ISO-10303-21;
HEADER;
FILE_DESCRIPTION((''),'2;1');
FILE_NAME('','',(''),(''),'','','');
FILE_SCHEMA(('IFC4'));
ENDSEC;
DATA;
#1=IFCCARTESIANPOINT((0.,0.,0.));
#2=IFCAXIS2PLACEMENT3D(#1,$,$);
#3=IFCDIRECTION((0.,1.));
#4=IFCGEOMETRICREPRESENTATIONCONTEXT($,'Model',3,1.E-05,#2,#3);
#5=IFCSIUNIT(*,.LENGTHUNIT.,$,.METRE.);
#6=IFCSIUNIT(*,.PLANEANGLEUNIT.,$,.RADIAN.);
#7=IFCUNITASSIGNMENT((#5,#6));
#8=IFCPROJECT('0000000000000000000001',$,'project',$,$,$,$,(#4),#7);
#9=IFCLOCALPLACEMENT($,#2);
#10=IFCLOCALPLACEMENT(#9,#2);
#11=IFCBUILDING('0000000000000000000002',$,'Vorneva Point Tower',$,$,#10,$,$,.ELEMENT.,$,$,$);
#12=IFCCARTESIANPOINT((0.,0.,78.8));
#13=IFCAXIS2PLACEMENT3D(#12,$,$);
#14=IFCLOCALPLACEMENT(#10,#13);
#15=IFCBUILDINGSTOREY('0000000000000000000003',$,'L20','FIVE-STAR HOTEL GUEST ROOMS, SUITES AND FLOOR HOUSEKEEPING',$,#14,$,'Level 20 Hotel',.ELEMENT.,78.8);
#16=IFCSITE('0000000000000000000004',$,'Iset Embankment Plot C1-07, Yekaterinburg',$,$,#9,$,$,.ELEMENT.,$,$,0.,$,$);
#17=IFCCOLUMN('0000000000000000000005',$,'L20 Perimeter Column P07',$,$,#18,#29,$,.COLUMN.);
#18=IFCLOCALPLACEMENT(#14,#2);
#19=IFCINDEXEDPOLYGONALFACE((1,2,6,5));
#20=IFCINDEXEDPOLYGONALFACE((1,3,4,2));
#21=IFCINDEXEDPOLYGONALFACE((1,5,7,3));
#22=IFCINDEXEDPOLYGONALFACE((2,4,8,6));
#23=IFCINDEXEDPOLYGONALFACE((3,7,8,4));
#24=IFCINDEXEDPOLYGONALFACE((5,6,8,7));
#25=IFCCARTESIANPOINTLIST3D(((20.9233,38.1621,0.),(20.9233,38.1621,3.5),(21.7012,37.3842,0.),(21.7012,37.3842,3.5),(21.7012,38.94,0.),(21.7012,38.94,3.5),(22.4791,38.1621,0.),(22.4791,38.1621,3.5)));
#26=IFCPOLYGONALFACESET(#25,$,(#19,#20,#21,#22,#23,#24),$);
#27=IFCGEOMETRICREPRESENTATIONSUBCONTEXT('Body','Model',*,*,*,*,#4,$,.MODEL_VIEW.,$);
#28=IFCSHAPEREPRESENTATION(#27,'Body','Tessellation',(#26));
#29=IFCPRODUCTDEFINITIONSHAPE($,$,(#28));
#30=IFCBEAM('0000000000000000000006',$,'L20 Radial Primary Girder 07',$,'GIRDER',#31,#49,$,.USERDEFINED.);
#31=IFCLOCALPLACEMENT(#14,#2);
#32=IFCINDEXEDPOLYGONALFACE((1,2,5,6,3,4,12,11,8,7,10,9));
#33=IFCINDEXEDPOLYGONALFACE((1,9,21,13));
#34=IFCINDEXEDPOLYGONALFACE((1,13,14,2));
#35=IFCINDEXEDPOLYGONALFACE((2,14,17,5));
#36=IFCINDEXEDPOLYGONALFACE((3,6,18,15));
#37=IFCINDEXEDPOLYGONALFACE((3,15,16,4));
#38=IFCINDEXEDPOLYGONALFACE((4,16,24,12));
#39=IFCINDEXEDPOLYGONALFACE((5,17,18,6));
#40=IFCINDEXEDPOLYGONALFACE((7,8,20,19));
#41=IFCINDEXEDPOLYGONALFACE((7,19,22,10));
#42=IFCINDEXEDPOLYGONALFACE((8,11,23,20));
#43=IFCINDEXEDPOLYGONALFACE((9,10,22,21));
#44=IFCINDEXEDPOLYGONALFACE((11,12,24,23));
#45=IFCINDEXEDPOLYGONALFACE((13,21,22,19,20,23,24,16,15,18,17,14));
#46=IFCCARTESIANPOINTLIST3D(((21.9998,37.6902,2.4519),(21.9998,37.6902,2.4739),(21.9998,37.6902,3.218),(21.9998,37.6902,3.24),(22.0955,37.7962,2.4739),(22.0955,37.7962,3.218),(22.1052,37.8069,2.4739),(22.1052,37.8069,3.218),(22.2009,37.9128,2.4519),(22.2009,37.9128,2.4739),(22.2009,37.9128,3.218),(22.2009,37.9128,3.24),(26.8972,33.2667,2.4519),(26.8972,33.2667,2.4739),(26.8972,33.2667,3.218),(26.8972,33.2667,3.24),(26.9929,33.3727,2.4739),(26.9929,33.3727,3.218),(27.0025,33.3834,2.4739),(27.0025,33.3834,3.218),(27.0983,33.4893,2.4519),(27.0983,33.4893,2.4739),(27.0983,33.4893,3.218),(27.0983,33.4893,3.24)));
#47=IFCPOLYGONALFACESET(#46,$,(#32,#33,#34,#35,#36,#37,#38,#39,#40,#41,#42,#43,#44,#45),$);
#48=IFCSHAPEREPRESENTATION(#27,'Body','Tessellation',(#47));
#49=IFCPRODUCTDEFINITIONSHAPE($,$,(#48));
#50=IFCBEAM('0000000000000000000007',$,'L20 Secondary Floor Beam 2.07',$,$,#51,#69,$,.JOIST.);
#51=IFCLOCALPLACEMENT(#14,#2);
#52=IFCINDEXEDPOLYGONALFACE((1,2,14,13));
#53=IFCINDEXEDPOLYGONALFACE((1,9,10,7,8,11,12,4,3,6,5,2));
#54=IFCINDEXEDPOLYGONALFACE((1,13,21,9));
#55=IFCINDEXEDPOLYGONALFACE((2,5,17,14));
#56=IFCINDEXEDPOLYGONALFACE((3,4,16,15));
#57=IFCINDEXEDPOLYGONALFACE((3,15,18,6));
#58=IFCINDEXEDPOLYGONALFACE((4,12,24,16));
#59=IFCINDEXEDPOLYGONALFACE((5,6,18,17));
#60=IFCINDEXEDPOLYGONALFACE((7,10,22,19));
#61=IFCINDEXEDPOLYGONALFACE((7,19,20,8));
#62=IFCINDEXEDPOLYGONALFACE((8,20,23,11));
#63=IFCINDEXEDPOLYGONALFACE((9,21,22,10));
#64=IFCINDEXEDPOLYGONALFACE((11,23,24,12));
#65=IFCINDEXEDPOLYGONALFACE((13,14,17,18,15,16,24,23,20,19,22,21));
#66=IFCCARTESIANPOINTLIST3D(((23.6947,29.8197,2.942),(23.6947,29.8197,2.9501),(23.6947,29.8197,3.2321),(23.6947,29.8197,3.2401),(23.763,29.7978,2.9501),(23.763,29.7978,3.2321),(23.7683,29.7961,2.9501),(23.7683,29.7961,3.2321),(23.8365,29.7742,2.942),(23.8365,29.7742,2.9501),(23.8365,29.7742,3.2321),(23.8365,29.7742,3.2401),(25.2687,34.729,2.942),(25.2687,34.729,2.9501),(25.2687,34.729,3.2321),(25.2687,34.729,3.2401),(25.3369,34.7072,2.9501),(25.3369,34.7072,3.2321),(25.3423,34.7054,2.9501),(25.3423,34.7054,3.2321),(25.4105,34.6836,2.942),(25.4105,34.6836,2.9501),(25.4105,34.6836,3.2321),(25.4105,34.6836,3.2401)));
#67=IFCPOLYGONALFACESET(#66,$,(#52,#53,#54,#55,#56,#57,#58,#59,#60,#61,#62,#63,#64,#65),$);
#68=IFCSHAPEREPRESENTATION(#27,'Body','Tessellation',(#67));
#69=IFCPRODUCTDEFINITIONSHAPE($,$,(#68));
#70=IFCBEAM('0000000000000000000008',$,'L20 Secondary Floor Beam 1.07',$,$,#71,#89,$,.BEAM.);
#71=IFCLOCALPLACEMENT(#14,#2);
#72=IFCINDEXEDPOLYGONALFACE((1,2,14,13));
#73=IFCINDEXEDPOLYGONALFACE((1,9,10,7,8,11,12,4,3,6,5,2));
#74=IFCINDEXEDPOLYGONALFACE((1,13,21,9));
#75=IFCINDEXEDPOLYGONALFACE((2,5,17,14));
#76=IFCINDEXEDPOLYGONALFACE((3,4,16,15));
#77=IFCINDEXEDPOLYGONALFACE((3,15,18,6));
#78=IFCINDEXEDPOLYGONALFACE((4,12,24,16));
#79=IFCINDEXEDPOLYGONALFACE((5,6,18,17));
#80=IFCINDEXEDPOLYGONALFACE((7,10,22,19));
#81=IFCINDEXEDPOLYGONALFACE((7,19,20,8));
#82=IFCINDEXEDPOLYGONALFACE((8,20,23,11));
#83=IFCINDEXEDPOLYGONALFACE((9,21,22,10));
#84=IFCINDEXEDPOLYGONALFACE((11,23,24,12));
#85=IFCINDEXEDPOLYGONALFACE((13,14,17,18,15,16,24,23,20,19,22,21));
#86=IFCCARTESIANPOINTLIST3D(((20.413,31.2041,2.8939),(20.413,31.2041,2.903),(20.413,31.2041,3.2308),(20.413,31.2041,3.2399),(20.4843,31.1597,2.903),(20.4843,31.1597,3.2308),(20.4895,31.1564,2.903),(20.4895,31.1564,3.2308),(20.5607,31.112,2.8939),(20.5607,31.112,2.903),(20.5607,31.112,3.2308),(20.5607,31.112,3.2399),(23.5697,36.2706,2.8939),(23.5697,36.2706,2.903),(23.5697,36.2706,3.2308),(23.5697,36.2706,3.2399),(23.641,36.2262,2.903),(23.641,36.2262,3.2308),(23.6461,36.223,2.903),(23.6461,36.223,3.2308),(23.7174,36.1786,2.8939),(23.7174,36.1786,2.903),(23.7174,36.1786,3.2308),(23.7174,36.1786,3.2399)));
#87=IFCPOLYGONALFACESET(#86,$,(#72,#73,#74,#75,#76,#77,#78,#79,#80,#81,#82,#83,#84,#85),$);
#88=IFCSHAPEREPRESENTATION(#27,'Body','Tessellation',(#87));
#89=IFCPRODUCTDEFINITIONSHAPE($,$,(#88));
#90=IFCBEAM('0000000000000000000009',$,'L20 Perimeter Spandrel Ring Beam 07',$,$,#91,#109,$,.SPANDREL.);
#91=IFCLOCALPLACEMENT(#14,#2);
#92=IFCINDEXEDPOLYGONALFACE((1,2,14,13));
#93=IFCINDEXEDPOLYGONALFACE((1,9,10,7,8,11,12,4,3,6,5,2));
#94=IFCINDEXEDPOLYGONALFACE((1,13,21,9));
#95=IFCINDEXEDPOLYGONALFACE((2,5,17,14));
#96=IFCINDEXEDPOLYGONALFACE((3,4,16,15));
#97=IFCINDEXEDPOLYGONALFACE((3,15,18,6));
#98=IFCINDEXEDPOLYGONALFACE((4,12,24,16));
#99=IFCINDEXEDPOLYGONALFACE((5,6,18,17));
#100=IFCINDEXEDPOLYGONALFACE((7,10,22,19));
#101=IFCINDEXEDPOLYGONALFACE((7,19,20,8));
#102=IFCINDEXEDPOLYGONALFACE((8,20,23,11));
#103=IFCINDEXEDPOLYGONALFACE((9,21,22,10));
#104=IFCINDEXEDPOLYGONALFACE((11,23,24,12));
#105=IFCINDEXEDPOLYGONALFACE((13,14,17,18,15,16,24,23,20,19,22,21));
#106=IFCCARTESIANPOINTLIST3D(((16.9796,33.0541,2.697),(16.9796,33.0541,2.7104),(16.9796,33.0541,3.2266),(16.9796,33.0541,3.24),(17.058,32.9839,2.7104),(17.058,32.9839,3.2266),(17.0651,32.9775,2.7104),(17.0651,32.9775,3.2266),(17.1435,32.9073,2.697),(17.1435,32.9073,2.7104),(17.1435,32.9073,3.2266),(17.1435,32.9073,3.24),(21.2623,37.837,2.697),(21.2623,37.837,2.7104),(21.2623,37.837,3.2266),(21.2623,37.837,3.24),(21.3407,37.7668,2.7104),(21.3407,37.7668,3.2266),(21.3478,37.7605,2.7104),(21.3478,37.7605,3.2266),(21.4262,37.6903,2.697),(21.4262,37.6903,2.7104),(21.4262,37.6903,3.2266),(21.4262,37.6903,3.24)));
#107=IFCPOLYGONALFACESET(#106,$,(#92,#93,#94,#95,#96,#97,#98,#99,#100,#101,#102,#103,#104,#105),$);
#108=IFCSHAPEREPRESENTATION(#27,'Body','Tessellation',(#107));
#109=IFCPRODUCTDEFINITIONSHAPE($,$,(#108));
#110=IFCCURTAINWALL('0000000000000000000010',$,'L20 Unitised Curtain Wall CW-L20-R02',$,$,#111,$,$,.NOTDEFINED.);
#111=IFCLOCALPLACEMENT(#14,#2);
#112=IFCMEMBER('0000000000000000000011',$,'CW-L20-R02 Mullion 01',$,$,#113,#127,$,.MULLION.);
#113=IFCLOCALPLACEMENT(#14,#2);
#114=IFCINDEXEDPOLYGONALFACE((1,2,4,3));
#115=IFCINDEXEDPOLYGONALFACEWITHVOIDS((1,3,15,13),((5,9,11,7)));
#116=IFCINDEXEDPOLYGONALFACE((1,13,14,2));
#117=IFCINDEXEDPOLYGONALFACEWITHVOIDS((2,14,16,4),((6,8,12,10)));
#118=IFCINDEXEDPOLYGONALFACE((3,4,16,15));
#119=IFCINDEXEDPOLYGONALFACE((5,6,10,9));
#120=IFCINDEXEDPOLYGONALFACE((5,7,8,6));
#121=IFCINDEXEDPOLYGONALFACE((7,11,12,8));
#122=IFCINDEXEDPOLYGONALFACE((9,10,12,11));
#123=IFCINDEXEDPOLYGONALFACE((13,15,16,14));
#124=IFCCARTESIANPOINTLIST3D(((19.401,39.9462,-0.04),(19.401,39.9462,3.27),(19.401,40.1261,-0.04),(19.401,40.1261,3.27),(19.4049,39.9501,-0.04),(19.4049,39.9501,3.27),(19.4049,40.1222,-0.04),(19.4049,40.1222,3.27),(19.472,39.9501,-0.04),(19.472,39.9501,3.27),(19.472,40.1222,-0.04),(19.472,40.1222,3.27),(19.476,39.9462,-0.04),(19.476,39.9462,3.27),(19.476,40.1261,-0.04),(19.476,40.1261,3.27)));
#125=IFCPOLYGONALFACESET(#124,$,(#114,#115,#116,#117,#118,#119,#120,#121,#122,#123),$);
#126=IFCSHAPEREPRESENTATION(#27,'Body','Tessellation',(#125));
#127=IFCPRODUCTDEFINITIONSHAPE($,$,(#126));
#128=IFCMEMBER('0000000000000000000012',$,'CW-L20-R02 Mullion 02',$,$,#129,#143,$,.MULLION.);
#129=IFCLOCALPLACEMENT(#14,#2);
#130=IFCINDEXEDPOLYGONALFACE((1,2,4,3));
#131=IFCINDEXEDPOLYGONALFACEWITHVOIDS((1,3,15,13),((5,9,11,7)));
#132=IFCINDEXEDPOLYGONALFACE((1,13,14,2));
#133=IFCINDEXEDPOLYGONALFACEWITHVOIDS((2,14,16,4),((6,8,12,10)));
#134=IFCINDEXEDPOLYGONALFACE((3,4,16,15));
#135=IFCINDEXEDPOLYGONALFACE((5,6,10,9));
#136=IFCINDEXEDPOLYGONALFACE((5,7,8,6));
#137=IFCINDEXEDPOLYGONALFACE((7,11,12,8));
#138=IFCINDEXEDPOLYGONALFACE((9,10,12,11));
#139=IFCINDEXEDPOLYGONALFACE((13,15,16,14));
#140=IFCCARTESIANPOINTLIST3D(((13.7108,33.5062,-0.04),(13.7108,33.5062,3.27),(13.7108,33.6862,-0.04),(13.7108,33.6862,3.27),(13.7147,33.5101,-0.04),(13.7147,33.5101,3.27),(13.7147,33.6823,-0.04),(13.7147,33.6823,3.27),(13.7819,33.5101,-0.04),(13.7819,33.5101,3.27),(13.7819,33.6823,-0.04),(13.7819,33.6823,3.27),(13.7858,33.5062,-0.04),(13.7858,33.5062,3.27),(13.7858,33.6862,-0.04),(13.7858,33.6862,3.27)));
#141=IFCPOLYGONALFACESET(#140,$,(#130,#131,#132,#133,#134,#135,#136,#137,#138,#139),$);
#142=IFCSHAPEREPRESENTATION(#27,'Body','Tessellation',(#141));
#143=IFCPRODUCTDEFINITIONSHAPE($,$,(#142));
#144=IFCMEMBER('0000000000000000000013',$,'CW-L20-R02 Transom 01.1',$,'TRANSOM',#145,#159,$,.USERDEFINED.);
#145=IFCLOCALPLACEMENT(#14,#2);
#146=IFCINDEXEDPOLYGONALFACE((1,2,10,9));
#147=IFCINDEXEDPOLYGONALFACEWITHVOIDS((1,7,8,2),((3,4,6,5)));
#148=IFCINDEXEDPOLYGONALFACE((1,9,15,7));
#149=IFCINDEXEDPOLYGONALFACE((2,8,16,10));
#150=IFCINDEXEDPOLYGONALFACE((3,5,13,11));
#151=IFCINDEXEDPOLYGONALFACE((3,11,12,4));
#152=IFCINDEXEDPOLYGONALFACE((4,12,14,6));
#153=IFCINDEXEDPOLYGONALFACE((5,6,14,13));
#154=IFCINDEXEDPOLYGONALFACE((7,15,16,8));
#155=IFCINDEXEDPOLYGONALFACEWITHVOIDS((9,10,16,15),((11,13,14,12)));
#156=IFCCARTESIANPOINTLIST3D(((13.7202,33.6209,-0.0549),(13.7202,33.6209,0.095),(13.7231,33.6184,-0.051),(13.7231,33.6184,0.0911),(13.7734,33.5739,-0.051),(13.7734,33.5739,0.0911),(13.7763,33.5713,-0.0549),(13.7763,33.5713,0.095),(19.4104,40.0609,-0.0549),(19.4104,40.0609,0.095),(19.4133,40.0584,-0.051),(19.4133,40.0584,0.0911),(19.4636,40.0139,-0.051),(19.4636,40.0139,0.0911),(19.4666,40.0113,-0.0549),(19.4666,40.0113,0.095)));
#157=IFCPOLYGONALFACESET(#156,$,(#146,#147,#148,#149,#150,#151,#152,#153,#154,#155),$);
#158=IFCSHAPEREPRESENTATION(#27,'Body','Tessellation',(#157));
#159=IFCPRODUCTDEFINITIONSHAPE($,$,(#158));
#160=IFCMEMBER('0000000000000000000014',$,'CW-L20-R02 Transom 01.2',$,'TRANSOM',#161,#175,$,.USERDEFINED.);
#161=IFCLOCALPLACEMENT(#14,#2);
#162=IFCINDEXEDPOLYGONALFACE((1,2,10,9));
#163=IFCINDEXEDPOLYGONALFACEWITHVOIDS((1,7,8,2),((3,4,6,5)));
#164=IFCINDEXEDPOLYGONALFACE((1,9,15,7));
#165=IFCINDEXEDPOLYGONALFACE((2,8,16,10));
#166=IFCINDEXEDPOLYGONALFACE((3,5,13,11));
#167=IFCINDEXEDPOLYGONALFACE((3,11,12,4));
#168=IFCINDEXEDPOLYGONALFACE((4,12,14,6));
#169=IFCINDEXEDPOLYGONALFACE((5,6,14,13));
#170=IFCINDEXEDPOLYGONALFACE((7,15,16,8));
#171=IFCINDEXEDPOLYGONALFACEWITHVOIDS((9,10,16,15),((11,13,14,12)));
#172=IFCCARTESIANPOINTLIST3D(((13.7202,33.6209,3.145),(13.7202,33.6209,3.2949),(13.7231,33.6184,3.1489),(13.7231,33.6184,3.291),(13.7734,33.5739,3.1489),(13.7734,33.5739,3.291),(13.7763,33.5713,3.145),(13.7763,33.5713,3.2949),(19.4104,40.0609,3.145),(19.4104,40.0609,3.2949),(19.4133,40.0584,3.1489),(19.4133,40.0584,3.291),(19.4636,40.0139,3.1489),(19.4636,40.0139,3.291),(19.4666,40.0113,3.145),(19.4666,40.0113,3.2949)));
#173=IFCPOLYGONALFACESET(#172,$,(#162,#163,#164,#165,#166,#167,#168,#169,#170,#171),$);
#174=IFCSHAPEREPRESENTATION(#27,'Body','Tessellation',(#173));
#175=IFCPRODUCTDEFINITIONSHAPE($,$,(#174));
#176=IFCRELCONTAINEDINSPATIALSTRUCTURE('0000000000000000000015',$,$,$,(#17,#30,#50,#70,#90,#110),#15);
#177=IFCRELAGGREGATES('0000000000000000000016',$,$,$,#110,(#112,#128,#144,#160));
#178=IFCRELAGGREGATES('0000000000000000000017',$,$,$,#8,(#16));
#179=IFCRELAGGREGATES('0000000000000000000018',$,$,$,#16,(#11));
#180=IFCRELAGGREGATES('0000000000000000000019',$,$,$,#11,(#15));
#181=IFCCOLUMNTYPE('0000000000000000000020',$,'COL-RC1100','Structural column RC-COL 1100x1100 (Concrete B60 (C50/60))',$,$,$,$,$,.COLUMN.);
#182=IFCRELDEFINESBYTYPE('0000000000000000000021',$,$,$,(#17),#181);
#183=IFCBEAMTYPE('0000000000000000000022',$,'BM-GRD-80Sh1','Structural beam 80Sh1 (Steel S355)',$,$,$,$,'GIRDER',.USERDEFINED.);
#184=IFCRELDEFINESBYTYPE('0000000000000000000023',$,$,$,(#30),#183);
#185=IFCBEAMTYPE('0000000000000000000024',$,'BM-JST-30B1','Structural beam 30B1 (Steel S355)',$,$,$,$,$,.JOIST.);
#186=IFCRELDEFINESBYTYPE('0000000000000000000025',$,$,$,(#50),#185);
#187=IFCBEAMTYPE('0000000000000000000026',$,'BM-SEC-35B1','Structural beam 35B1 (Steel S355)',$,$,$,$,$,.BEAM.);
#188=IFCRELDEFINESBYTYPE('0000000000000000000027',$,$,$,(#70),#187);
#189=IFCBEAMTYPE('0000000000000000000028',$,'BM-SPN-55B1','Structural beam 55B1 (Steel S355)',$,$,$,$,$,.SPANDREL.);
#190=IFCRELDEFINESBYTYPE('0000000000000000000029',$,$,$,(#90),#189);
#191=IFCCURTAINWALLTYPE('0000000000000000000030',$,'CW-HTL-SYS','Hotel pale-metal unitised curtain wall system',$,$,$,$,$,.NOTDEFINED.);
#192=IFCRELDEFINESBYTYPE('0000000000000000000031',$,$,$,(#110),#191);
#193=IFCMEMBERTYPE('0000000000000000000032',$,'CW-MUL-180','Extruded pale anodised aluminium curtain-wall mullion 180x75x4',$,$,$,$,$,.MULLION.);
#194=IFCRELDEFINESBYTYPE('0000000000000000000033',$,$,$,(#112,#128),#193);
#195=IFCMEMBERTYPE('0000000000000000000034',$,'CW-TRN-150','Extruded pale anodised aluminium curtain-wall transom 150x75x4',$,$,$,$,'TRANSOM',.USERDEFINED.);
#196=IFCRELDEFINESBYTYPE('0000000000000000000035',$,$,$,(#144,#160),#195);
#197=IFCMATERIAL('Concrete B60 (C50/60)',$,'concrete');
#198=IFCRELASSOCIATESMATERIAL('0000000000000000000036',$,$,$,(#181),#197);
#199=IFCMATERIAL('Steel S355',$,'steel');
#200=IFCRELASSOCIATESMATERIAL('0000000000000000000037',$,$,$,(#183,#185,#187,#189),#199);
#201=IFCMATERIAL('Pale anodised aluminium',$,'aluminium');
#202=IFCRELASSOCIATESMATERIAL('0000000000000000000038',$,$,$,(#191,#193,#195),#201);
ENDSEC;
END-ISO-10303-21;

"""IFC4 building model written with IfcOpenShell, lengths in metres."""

from ifc_helpers import new_model, si_unit, direction, frame, origin, origin_2d, place, context, subcontext, project, spatial, rectangle, hollow_rectangle, i_section, extrude, material, material_profile, profile_set, type_object, element, aggregate, save


model = new_model("IFC4")

# Units and contexts
model_context = context("Model", 3, precision=1e-05, world=origin(), true_north=direction((0.0, 1.0)))
body_context = subcontext(model_context, "Body", "Model", "MODEL_VIEW")
ifc_project = project(units=[si_unit("LENGTHUNIT", "METRE"), si_unit("PLANEANGLEUNIT", "RADIAN")], contexts=[model_context])

# Site, building, storey
site_placement = place(None, origin())
site = spatial("IfcSite", under=ifc_project, at=site_placement, Name="Iset Embankment Plot C1-07, Yekaterinburg", CompositionType="ELEMENT", RefElevation=0.0)
building_placement = place(site_placement, origin())
building = spatial("IfcBuilding", under=site, at=building_placement, Name="Vorneva Point Tower", CompositionType="ELEMENT")
storey_placement = place(building_placement, frame((0.0, 0.0, 78.8)))
storey = spatial("IfcBuildingStorey", under=building, at=storey_placement, Name="L20", Description="FIVE-STAR HOTEL GUEST ROOMS, SUITES AND FLOOR HOUSEKEEPING", LongName="Level 20 Hotel", CompositionType="ELEMENT", Elevation=78.8)

# Column
ifc_material_1 = material(Name="Concrete B60 (C50/60)", Category="concrete")
ifc_material_profile_1 = material_profile(ifc_material_1, rectangle(XDim=1.1001, YDim=1.1001, at=origin_2d()), Name="RC-COL 1100x1100")
ifc_profile_set_1 = profile_set([ifc_material_profile_1], Name="Concrete B60 (C50/60)")
column_type = type_object("IfcColumnType", Name="COL-RC1100", Description="Structural column RC-COL 1100x1100 (Concrete B60 (C50/60))", PredefinedType="COLUMN", material=ifc_profile_set_1)
column_placement = place(storey_placement, frame((21.7012, 38.1621, 0.0), z_axis=(0.0, 0.0, 1.0), x_axis=(-0.707107, 0.707107, 0.0)))
element("IfcColumn", 1, at=column_placement, inside=storey, type_object=column_type, Name="L20 Perimeter Column P07", PredefinedType="COLUMN", context=body_context, shape_type="SweptSolid", body=[
    extrude(rectangle(XDim=1.1001, YDim=1.1001, at=origin_2d()), origin(), (0.0, 0.0, 1.0), 3.5),
])

# Beams
ifc_material_2 = material(Name="Steel S355", Category="steel")
ifc_material_profile_2 = material_profile(ifc_material_2, i_section(OverallWidth=0.3, OverallDepth=0.7881, WebThickness=0.0144, FlangeThickness=0.022, at=origin_2d()), Name="80Sh1")
ifc_profile_set_2 = profile_set([ifc_material_profile_2], Name="Steel S355")
beam_type_1 = type_object("IfcBeamType", Name="BM-GRD-80Sh1", Description="Structural beam 80Sh1 (Steel S355)", ElementType="GIRDER", PredefinedType="USERDEFINED", material=ifc_profile_set_2)
beam_1_placement = place(storey_placement, frame((22.1003, 37.8015, 2.8459), z_axis=(0.742097, -0.670292, 0.0), x_axis=(0.670292, 0.742097, 0.0)))
element("IfcBeam", 2, at=beam_1_placement, inside=storey, type_object=beam_type_1, Name="L20 Radial Primary Girder 07", ObjectType="GIRDER", PredefinedType="USERDEFINED", context=body_context, shape_type="SweptSolid", body=[
    extrude(i_section(OverallWidth=0.3, OverallDepth=0.7881, WebThickness=0.0144, FlangeThickness=0.022, at=origin_2d()), origin(), (0.0, 0.0, 1.0), 6.5994),
])
ifc_material_profile_3 = material_profile(ifc_material_2, i_section(OverallWidth=0.1489, OverallDepth=0.2981, WebThickness=0.0056, FlangeThickness=0.0081, at=origin_2d()), Name="30B1")
ifc_profile_set_3 = profile_set([ifc_material_profile_3], Name="Steel S355")
beam_type_2 = type_object("IfcBeamType", Name="BM-JST-30B1", Description="Structural beam 30B1 (Steel S355)", PredefinedType="JOIST", material=ifc_profile_set_3)
beam_2_placement = place(storey_placement, frame((25.3396, 34.7063, 3.0911), z_axis=(-0.305296, -0.952257, 0.0), x_axis=(0.952257, -0.305296, 0.0)))
element("IfcBeam", 3, at=beam_2_placement, inside=storey, type_object=beam_type_2, Name="L20 Secondary Floor Beam 2.07", PredefinedType="JOIST", context=body_context, shape_type="SweptSolid", body=[
    extrude(i_section(OverallWidth=0.1489, OverallDepth=0.2981, WebThickness=0.0056, FlangeThickness=0.0081, at=origin_2d()), origin(), (0.0, 0.0, 1.0), 5.1555),
])
ifc_material_profile_4 = material_profile(ifc_material_2, i_section(OverallWidth=0.1741, OverallDepth=0.3459, WebThickness=0.0061, FlangeThickness=0.009, at=origin_2d()), Name="35B1")
ifc_profile_set_4 = profile_set([ifc_material_profile_4], Name="Steel S355")
beam_type_3 = type_object("IfcBeamType", Name="BM-SEC-35B1", Description="Structural beam 35B1 (Steel S355)", PredefinedType="BEAM", material=ifc_profile_set_4)
beam_3_placement = place(storey_placement, frame((23.6436, 36.2246, 3.0669), z_axis=(-0.528804, -0.848744, 0.0), x_axis=(0.848744, -0.528804, 0.0)))
element("IfcBeam", 4, at=beam_3_placement, inside=storey, type_object=beam_type_3, Name="L20 Secondary Floor Beam 1.07", PredefinedType="BEAM", context=body_context, shape_type="SweptSolid", body=[
    extrude(i_section(OverallWidth=0.1741, OverallDepth=0.3459, WebThickness=0.0061, FlangeThickness=0.009, at=origin_2d()), origin(), (0.0, 0.0, 1.0), 5.9695),
])
ifc_material_profile_5 = material_profile(ifc_material_2, i_section(OverallWidth=0.22, OverallDepth=0.543, WebThickness=0.0095, FlangeThickness=0.0134, at=origin_2d()), Name="55B1")
ifc_profile_set_5 = profile_set([ifc_material_profile_5], Name="Steel S355")
beam_type_4 = type_object("IfcBeamType", Name="BM-SPN-55B1", Description="Structural beam 55B1 (Steel S355)", PredefinedType="SPANDREL", material=ifc_profile_set_5)
beam_4_placement = place(storey_placement, frame((21.3442, 37.7637, 2.9685), z_axis=(-0.667074, -0.744992, 0.0), x_axis=(0.744992, -0.667074, 0.0)))
element("IfcBeam", 5, at=beam_4_placement, inside=storey, type_object=beam_type_4, Name="L20 Perimeter Spandrel Ring Beam 07", PredefinedType="SPANDREL", context=body_context, shape_type="SweptSolid", body=[
    extrude(i_section(OverallWidth=0.22, OverallDepth=0.543, WebThickness=0.0095, FlangeThickness=0.0134, at=origin_2d()), origin(), (0.0, 0.0, 1.0), 6.4202),
])

# Curtain wall, members
ifc_material_3 = material(Name="Pale anodised aluminium", Category="aluminium")
curtain_wall_type = type_object("IfcCurtainWallType", Name="CW-HTL-SYS", Description="Hotel pale-metal unitised curtain wall system", PredefinedType="NOTDEFINED", material=ifc_material_3)
curtain_wall_placement = place(storey_placement, origin())
curtain_wall = element("IfcCurtainWall", 6, at=curtain_wall_placement, inside=storey, type_object=curtain_wall_type, Name="L20 Unitised Curtain Wall CW-L20-R02", PredefinedType="NOTDEFINED")
ifc_material_profile_6 = material_profile(ifc_material_3, hollow_rectangle(XDim=0.075, YDim=0.1799, WallThickness=0.0039, at=origin_2d()), Name="AL-MUL 180x75x4")
ifc_profile_set_6 = profile_set([ifc_material_profile_6], Name="Pale anodised aluminium")
member_type_1 = type_object("IfcMemberType", Name="CW-MUL-180", Description="Extruded pale anodised aluminium curtain-wall mullion 180x75x4", PredefinedType="MULLION", material=ifc_profile_set_6)
member_1_placement = place(storey_placement, frame((19.4385, 40.0361, -0.04), z_axis=(0.0, 0.0, 1.0), x_axis=(1.0, 0.0, 0.0)))
member_1 = element("IfcMember", 7, at=member_1_placement, type_object=member_type_1, Name="CW-L20-R02 Mullion 01", PredefinedType="MULLION", context=body_context, shape_type="SweptSolid", body=[
    extrude(hollow_rectangle(XDim=0.075, YDim=0.1799, WallThickness=0.0039, at=origin_2d()), origin(), (0.0, 0.0, 1.0), 3.3101),
])
member_2_placement = place(storey_placement, frame((13.7483, 33.5962, -0.04), z_axis=(0.0, 0.0, 1.0), x_axis=(1.0, 0.0, 0.0)))
member_2 = element("IfcMember", 8, at=member_2_placement, type_object=member_type_1, Name="CW-L20-R02 Mullion 02", PredefinedType="MULLION", context=body_context, shape_type="SweptSolid", body=[
    extrude(hollow_rectangle(XDim=0.075, YDim=0.1799, WallThickness=0.0039, at=origin_2d()), origin(), (0.0, 0.0, 1.0), 3.3101),
])
ifc_material_profile_7 = material_profile(ifc_material_3, hollow_rectangle(XDim=0.075, YDim=0.1499, WallThickness=0.0039, at=origin_2d()), Name="AL-TRN 150x75x4")
ifc_profile_set_7 = profile_set([ifc_material_profile_7], Name="Pale anodised aluminium")
member_type_2 = type_object("IfcMemberType", Name="CW-TRN-150", Description="Extruded pale anodised aluminium curtain-wall transom 150x75x4", ElementType="TRANSOM", PredefinedType="USERDEFINED", material=ifc_profile_set_7)
member_3_placement = place(storey_placement, frame((19.4385, 40.0361, 0.02), z_axis=(-0.662137, -0.749383, 0.0), x_axis=(0.749383, -0.662137, 0.0)))
member_3 = element("IfcMember", 9, at=member_3_placement, type_object=member_type_2, Name="CW-L20-R02 Transom 01.1", ObjectType="TRANSOM", PredefinedType="USERDEFINED", context=body_context, shape_type="SweptSolid", body=[
    extrude(hollow_rectangle(XDim=0.075, YDim=0.1499, WallThickness=0.0039, at=origin_2d()), origin(), (0.0, 0.0, 1.0), 8.5938),
])
member_4_placement = place(storey_placement, frame((19.4385, 40.0361, 3.22), z_axis=(-0.662137, -0.749383, 0.0), x_axis=(0.749383, -0.662137, 0.0)))
member_4 = element("IfcMember", 10, at=member_4_placement, type_object=member_type_2, Name="CW-L20-R02 Transom 01.2", ObjectType="TRANSOM", PredefinedType="USERDEFINED", context=body_context, shape_type="SweptSolid", body=[
    extrude(hollow_rectangle(XDim=0.075, YDim=0.1499, WallThickness=0.0039, at=origin_2d()), origin(), (0.0, 0.0, 1.0), 8.5938),
])
aggregate(curtain_wall, [member_1, member_2, member_3, member_4])

save(model, "model.ifc")
